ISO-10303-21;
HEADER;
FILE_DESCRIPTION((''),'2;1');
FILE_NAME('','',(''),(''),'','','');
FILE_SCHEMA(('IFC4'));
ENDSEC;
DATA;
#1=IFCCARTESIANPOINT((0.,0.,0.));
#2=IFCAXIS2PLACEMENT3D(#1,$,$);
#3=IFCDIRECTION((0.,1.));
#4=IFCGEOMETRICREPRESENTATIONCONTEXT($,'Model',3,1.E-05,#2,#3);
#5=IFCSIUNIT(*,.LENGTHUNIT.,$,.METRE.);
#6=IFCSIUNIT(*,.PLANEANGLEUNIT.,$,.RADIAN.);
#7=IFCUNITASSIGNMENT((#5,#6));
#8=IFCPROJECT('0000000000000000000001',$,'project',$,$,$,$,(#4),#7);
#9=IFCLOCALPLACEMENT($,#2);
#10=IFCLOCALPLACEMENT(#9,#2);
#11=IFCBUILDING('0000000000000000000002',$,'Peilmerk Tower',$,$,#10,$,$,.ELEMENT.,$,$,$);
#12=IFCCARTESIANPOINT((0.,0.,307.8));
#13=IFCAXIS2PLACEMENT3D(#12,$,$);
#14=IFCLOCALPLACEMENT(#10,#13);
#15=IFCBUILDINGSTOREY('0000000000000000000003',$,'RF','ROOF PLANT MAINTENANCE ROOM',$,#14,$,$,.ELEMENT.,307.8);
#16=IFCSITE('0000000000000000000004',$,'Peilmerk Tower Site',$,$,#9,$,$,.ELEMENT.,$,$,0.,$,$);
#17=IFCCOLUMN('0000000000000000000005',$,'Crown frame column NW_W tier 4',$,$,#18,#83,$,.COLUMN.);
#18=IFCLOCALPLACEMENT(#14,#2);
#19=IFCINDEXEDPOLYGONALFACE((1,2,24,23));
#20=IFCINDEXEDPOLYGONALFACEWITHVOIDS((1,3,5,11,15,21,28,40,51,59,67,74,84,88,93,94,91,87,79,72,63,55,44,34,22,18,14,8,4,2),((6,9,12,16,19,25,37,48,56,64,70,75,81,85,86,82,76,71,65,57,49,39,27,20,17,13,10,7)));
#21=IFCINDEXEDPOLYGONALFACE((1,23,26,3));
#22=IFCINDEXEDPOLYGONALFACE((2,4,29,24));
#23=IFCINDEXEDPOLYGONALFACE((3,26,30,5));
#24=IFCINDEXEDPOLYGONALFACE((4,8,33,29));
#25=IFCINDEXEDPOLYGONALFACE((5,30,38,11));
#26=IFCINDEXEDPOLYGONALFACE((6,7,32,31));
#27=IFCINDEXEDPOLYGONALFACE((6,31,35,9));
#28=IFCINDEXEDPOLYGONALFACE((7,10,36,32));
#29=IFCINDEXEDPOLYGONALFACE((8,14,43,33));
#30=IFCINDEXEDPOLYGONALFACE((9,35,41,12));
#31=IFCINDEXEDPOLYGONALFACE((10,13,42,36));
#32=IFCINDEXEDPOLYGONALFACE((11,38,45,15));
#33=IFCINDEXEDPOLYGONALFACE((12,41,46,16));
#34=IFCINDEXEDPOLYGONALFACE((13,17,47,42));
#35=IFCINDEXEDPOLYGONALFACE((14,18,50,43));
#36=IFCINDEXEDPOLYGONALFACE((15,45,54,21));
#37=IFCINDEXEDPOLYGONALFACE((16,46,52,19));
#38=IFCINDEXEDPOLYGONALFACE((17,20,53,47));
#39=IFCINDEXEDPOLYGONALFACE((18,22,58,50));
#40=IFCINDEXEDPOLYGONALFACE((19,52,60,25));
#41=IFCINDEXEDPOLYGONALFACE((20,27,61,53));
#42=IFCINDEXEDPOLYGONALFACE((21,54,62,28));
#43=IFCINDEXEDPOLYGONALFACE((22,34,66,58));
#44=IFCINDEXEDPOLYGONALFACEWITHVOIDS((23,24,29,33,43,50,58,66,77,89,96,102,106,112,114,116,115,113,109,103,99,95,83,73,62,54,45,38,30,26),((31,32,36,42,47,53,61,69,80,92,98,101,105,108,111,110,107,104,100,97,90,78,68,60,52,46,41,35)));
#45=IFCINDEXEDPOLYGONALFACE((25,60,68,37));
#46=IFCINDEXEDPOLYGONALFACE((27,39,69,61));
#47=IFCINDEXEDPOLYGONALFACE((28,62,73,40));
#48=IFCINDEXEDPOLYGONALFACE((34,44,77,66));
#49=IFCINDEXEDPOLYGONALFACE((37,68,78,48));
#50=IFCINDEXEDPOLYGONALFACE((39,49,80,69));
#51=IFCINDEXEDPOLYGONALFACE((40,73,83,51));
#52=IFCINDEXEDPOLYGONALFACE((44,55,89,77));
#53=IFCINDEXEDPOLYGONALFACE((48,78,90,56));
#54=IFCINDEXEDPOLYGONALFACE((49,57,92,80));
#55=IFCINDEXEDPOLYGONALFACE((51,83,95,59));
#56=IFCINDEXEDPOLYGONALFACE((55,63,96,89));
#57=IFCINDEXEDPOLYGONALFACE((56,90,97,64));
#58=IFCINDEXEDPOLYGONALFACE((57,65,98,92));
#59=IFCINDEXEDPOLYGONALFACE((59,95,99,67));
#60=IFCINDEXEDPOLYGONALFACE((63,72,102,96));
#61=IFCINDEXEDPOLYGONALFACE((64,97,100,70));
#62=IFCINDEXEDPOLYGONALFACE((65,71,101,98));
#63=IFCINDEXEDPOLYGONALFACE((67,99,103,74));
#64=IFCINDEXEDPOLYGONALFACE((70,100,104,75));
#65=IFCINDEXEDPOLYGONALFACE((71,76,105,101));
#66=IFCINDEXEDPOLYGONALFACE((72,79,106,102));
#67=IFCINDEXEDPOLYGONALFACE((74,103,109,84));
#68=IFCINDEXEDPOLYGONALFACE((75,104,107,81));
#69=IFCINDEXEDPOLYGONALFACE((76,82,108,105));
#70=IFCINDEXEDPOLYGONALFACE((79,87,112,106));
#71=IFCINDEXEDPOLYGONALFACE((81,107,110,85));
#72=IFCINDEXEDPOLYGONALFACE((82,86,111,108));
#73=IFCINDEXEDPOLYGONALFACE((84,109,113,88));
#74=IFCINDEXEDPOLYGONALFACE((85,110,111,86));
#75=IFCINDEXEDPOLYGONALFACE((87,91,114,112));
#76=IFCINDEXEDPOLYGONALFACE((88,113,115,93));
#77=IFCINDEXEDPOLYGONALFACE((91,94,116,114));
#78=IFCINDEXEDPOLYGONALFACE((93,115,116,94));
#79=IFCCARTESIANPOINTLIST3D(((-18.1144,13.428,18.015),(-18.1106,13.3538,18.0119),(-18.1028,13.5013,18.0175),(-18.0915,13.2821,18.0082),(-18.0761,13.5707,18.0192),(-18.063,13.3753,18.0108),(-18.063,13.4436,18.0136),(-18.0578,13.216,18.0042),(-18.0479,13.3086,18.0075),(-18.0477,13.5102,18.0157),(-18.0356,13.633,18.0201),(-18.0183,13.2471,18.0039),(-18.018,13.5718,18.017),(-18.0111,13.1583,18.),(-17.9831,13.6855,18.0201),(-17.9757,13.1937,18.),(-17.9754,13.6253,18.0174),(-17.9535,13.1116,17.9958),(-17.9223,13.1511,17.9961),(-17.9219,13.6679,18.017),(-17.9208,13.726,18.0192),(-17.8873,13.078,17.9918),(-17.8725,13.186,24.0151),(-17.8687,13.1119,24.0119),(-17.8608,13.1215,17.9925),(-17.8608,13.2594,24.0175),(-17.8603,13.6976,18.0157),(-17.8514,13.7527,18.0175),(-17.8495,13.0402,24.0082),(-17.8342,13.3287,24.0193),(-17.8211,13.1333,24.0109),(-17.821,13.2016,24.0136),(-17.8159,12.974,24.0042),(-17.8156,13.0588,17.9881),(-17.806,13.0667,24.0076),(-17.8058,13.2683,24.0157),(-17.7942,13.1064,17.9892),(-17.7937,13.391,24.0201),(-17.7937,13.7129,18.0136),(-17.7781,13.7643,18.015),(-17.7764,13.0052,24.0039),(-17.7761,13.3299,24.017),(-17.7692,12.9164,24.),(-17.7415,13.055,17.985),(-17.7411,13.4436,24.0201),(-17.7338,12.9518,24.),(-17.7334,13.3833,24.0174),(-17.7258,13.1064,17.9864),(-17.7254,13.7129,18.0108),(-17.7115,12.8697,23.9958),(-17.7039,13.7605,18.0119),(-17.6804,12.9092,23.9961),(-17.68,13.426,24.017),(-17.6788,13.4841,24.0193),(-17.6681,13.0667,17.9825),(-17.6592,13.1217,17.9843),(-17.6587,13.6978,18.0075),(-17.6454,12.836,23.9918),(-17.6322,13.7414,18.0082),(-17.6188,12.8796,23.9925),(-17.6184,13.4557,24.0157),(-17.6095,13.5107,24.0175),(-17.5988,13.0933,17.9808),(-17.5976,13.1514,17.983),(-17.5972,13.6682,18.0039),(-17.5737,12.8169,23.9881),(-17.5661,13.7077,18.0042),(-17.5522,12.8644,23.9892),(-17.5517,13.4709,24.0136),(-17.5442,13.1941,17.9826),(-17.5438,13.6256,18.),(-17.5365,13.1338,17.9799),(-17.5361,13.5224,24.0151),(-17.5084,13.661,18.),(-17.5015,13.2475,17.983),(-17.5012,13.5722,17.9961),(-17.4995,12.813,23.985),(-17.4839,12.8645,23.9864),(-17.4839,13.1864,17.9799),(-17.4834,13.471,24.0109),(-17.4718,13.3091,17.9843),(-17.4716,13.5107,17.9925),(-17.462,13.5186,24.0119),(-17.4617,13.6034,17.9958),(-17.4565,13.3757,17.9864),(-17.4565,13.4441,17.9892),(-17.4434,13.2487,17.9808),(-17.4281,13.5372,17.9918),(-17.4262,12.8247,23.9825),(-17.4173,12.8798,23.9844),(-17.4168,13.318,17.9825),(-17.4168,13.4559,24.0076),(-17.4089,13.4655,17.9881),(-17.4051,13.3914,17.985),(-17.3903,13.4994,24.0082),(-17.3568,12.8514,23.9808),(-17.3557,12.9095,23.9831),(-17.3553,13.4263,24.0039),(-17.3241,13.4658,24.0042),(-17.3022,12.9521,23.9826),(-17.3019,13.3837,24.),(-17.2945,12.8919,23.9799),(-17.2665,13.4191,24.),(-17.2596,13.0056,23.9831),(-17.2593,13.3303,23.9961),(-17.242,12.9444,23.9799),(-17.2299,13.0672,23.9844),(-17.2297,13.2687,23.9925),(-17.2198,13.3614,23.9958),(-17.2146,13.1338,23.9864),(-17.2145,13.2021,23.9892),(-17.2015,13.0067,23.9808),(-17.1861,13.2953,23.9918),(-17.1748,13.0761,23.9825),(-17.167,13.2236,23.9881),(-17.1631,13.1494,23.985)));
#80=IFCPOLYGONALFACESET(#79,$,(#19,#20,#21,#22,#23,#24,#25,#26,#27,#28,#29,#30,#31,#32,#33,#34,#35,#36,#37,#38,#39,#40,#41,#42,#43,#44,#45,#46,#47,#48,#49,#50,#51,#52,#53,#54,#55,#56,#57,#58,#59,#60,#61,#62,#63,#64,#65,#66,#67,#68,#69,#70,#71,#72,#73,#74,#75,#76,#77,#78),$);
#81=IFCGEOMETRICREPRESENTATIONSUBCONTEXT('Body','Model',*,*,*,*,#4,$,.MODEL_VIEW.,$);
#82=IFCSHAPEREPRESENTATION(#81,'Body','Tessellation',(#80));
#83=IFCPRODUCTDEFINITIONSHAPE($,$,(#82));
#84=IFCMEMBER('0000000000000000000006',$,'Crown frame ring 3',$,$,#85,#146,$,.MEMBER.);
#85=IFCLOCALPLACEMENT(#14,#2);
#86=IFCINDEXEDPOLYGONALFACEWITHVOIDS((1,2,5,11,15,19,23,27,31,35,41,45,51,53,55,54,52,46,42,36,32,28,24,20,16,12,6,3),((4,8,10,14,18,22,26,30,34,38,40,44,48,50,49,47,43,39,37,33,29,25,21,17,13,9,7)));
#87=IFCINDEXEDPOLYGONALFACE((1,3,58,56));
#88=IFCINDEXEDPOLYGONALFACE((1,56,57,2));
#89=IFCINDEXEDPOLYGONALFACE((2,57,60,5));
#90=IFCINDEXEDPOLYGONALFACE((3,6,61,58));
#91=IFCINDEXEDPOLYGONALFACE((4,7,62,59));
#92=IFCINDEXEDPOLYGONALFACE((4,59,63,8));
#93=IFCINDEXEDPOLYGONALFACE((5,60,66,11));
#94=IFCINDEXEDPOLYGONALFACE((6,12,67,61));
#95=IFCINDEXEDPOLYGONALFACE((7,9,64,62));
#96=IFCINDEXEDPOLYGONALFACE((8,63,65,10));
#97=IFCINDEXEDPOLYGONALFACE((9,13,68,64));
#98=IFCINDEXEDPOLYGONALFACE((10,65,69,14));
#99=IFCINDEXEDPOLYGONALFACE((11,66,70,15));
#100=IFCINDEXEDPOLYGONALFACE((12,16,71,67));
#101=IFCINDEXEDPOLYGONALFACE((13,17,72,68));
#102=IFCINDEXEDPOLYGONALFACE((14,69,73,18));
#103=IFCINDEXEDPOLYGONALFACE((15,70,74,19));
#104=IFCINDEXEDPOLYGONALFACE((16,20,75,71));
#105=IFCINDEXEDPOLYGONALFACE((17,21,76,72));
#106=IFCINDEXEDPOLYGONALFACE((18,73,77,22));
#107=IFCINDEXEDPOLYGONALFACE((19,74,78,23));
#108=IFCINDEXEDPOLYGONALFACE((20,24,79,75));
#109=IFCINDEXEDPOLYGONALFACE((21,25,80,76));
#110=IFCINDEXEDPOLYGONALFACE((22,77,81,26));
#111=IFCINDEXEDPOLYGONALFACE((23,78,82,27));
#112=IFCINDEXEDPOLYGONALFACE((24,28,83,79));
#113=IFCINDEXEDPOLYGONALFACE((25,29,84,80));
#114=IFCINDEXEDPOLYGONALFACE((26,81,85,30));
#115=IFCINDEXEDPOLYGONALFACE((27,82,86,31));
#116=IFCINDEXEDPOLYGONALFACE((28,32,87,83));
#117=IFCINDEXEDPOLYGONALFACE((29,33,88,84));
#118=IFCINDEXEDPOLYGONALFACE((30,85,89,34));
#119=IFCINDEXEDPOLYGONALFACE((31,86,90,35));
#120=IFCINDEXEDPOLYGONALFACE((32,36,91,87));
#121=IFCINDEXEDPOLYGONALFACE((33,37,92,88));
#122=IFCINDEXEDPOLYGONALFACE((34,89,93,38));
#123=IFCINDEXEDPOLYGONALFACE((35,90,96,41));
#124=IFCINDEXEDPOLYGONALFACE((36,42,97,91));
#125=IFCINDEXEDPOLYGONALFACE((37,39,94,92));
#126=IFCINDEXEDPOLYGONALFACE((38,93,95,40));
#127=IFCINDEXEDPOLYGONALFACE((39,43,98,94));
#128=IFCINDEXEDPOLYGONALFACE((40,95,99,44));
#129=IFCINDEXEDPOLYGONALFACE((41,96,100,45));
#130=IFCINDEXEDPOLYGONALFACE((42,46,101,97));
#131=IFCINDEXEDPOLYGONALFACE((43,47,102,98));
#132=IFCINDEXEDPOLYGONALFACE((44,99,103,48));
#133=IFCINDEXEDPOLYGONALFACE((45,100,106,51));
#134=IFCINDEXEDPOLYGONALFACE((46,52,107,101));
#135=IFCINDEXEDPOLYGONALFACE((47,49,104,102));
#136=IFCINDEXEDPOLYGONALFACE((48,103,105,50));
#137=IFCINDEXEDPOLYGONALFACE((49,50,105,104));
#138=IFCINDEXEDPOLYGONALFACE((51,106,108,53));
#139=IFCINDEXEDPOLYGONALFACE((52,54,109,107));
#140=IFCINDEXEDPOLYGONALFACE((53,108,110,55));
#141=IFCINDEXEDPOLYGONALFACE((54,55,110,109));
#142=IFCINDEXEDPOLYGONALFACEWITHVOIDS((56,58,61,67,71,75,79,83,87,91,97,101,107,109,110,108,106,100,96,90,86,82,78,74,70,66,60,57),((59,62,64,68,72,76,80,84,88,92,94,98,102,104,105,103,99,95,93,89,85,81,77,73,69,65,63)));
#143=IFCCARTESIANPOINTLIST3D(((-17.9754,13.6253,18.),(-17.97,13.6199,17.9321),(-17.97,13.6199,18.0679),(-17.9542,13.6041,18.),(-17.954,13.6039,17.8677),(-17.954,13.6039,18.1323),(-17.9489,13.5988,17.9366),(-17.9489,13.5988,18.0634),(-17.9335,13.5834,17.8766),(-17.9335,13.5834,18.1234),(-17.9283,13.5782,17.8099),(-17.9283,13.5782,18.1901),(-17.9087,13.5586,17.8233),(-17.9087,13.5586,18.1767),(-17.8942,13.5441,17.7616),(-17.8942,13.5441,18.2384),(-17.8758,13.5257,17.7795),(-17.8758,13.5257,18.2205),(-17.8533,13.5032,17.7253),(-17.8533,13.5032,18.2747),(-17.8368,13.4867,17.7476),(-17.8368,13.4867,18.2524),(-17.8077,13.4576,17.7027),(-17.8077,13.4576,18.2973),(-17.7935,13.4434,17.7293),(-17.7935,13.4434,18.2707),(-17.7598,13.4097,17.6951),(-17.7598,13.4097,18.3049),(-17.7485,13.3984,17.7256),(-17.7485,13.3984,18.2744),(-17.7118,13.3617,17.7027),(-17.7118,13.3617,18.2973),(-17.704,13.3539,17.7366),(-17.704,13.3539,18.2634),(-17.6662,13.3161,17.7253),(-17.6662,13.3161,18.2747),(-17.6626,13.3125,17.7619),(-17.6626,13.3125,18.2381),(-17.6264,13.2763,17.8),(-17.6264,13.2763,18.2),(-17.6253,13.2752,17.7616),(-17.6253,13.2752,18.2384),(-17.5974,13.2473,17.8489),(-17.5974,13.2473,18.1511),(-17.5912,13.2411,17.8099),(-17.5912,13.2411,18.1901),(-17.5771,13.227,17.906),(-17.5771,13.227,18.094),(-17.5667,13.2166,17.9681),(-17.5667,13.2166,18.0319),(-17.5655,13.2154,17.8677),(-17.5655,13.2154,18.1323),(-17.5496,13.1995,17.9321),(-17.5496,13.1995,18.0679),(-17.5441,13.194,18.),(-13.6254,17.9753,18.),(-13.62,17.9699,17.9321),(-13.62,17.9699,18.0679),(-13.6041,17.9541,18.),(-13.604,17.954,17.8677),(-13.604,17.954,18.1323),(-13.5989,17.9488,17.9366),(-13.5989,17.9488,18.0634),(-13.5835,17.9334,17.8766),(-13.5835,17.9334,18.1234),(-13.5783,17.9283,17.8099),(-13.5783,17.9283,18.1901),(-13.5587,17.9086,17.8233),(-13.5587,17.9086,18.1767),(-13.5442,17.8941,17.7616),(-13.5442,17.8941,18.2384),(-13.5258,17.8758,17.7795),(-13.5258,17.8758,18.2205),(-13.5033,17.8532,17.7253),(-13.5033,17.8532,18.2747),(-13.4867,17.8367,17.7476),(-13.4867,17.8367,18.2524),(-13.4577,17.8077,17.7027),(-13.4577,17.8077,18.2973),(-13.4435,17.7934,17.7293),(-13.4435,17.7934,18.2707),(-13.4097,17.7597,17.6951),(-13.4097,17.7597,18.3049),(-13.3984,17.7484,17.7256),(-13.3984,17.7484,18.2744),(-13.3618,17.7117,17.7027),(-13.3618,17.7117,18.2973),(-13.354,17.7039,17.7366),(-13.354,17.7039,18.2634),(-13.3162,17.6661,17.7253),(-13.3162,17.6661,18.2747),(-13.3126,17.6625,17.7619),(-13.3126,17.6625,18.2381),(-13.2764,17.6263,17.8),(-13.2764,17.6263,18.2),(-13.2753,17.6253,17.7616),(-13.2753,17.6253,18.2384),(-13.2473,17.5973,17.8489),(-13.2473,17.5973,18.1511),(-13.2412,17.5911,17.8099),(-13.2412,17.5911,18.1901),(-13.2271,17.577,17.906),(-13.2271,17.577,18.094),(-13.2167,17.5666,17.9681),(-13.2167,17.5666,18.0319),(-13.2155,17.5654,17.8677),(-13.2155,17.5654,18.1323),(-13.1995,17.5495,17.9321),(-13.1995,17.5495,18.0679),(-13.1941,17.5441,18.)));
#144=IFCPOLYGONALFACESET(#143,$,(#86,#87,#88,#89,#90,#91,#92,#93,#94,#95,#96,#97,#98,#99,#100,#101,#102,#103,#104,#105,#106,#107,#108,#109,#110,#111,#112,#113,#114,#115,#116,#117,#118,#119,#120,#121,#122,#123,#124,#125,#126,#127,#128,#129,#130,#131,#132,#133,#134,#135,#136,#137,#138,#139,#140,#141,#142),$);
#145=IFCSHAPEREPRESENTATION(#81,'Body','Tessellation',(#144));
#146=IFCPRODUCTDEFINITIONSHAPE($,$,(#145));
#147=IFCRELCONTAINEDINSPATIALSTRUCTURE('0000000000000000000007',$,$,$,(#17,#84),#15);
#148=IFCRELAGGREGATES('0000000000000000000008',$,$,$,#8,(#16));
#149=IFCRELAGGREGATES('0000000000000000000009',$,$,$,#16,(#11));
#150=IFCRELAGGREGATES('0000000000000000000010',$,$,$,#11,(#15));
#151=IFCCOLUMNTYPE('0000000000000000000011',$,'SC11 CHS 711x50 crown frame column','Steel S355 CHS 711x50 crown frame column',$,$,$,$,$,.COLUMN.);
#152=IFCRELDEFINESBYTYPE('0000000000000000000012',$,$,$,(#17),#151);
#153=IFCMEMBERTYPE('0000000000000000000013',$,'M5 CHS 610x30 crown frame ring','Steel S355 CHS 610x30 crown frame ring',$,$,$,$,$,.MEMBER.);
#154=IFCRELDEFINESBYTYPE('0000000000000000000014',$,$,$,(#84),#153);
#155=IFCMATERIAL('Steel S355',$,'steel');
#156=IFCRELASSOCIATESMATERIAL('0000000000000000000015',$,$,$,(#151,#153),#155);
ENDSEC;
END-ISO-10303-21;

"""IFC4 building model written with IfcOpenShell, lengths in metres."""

from ifc_helpers import new_model, si_unit, direction, frame, origin, origin_2d, place, context, subcontext, project, spatial, hollow_circle, extrude, material, material_profile, profile_set, type_object, element, save


model = new_model("IFC4")

# Units and contexts
model_context = context("Model", 3, precision=1e-05, world=origin(), true_north=direction((0.0, 1.0)))
body_context = subcontext(model_context, "Body", "Model", "MODEL_VIEW")
ifc_project = project(units=[si_unit("LENGTHUNIT", "METRE"), si_unit("PLANEANGLEUNIT", "RADIAN")], contexts=[model_context])

# Site, building, storey
site_placement = place(None, origin())
site = spatial("IfcSite", under=ifc_project, at=site_placement, Name="Peilmerk Tower Site", CompositionType="ELEMENT", RefElevation=0.0)
building_placement = place(site_placement, origin())
building = spatial("IfcBuilding", under=site, at=building_placement, Name="Peilmerk Tower", CompositionType="ELEMENT")
storey_placement = place(building_placement, frame((0.0, 0.0, 307.8)))
storey = spatial("IfcBuildingStorey", under=building, at=storey_placement, Name="RF", Description="ROOF PLANT MAINTENANCE ROOM", CompositionType="ELEMENT", Elevation=307.8)

# Column
ifc_material_1 = material(Name="Steel S355", Category="steel")
ifc_material_profile_1 = material_profile(ifc_material_1, hollow_circle(Radius=0.3555, WallThickness=0.05, at=origin_2d()), Name="CHS 711x50")
ifc_profile_set_1 = profile_set([ifc_material_profile_1], Name="Steel S355")
column_type = type_object("IfcColumnType", Name="SC11 CHS 711x50 crown frame column", Description="Steel S355 CHS 711x50 crown frame column", PredefinedType="COLUMN", material=ifc_profile_set_1)
column_placement = place(storey_placement, frame((-17.7598, 13.4097, 18.0), z_axis=(0.040258, -0.040258, 0.998378), x_axis=(0.707107, 0.707107, 0.0)))
element("IfcColumn", 1, at=column_placement, inside=storey, type_object=column_type, Name="Crown frame column NW_W tier 4", PredefinedType="COLUMN", context=body_context, shape_type="SweptSolid", body=[
    extrude(hollow_circle(Radius=0.3555, WallThickness=0.05, at=origin_2d()), origin(), (0.0, 0.0, 1.0), 6.0098),
])

# Member
ifc_material_profile_2 = material_profile(ifc_material_1, hollow_circle(Radius=0.3049, WallThickness=0.03, at=origin_2d()), Name="CHS 610x30")
ifc_profile_set_2 = profile_set([ifc_material_profile_2], Name="Steel S355")
member_type_1 = type_object("IfcMemberType", Name="M5 CHS 610x30 crown frame ring", Description="Steel S355 CHS 610x30 crown frame ring", PredefinedType="MEMBER", material=ifc_profile_set_2)
member_1_placement = place(storey_placement, frame((-17.7598, 13.4097, 18.0), z_axis=(0.707107, 0.707107, 0.0), x_axis=(-0.707107, 0.707107, 0.0)))
element("IfcMember", 2, at=member_1_placement, inside=storey, type_object=member_type_1, Name="Crown frame ring 3", PredefinedType="MEMBER", context=body_context, shape_type="SweptSolid", body=[
    extrude(hollow_circle(Radius=0.3049, WallThickness=0.03, at=origin_2d()), origin(), (0.0, 0.0, 1.0), 6.1519),
])

save(model, "model.ifc")
